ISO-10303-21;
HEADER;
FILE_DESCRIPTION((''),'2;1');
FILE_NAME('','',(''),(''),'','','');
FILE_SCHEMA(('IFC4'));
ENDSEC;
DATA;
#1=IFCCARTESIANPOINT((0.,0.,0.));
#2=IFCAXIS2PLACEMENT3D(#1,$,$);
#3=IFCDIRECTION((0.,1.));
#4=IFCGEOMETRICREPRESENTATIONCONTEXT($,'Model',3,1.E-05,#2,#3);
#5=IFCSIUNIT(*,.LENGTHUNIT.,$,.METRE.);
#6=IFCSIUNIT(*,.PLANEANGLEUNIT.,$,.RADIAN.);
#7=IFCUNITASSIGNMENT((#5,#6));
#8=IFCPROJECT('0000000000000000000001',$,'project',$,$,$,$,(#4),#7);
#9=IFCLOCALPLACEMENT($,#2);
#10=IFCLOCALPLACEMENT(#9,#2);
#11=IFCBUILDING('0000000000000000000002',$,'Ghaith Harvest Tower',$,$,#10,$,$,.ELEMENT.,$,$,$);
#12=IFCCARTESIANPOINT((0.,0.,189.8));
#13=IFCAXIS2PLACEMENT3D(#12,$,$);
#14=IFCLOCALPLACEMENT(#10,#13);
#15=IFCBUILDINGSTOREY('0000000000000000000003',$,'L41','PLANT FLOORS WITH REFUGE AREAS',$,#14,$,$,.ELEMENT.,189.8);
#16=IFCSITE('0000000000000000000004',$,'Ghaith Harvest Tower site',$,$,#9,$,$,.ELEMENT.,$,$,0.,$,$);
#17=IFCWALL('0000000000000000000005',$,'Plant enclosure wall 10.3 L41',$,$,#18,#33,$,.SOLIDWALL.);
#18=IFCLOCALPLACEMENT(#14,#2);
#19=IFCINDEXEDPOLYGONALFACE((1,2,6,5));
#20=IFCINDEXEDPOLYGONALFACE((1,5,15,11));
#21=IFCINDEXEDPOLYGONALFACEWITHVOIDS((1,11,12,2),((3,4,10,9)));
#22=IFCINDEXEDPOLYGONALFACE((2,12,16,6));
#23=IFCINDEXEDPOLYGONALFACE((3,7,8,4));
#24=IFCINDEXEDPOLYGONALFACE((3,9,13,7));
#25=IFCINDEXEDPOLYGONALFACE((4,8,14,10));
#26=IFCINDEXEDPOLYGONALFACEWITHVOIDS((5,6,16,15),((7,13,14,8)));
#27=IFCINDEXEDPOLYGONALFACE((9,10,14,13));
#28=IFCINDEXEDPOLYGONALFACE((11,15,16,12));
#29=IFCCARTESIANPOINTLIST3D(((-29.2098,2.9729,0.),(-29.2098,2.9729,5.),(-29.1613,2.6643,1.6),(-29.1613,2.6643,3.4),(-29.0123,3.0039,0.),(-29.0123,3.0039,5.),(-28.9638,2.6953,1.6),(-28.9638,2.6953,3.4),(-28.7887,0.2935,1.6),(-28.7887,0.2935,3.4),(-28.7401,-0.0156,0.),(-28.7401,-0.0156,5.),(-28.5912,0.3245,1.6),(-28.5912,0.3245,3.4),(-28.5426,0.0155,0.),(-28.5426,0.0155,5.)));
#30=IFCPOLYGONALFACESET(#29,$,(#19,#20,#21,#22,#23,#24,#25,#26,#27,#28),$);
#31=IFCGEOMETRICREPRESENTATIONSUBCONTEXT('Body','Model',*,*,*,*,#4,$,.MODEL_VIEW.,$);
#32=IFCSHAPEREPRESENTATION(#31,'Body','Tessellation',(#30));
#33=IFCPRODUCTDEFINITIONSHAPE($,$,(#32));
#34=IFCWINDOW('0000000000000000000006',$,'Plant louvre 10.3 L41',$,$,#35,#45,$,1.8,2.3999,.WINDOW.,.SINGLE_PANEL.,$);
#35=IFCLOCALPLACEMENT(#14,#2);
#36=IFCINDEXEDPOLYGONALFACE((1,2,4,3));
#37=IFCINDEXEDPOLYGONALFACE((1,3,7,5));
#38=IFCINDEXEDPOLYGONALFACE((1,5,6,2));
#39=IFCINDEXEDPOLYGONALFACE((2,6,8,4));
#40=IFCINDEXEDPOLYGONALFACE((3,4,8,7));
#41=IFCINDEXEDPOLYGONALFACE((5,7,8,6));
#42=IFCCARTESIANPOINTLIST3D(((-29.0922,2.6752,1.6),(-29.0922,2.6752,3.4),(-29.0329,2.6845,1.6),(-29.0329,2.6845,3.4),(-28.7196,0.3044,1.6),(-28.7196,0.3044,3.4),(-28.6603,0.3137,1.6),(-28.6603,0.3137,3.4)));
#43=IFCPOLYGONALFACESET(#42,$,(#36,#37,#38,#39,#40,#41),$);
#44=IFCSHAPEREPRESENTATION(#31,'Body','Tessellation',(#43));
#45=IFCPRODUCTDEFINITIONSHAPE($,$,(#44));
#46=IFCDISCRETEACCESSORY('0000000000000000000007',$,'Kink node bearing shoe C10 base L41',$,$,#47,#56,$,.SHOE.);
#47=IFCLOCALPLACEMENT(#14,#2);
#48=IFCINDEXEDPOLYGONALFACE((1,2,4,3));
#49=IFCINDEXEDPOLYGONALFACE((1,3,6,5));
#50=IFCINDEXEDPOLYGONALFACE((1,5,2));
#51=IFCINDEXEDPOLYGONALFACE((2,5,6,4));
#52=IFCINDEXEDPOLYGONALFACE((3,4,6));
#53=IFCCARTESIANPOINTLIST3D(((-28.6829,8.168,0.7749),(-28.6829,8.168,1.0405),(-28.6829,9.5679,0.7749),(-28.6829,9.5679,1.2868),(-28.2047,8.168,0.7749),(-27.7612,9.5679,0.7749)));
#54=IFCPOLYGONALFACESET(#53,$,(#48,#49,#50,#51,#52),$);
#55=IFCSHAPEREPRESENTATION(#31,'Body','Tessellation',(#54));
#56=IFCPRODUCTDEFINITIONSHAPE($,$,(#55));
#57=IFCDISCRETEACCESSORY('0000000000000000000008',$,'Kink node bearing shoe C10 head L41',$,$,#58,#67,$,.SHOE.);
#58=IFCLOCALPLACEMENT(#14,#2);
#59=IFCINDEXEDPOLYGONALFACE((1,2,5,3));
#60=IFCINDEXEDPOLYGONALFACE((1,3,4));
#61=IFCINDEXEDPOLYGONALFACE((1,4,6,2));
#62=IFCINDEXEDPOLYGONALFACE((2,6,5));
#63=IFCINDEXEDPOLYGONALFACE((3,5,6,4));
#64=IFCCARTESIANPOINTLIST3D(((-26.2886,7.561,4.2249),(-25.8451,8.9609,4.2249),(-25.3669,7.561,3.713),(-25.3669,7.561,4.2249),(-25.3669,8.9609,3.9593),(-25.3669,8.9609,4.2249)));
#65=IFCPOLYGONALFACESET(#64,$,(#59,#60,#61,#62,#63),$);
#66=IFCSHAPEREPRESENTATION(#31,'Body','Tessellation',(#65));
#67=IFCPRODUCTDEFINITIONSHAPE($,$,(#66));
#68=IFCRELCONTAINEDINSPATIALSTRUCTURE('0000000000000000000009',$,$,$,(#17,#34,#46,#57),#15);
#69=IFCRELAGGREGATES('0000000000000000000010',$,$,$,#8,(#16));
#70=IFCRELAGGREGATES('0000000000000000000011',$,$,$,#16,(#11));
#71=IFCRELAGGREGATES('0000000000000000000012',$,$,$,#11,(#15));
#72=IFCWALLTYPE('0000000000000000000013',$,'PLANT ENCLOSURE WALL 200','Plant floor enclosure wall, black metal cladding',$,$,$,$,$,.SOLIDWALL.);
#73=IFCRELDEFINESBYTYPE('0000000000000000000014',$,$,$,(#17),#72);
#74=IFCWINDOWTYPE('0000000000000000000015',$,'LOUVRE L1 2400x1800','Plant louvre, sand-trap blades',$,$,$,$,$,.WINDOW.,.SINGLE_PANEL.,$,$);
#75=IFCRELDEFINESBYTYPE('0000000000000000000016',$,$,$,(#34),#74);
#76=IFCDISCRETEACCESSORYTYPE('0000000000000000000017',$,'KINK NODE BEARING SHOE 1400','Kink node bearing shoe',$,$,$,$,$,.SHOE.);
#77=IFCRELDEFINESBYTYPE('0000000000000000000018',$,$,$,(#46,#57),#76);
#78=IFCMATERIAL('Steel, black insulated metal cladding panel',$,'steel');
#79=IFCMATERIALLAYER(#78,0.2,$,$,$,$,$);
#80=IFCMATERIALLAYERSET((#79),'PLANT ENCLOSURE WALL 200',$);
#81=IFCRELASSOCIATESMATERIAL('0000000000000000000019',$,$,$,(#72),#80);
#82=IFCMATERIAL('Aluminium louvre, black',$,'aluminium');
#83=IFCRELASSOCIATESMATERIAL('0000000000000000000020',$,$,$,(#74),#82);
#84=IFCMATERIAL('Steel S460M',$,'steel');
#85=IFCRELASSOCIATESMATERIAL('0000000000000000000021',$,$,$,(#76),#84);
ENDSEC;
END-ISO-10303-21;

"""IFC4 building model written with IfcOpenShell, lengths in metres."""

from ifc_helpers import new_model, si_unit, direction, frame, frame_2d, origin, origin_2d, place, context, subcontext, project, spatial, rectangle, extrude, clip, halfspace, material, layer, layer_set, material_profile, profile_set, type_object, element, fill, save


model = new_model("IFC4")

# Units and contexts
model_context = context("Model", 3, precision=1e-05, world=origin(), true_north=direction((0.0, 1.0)))
body_context = subcontext(model_context, "Body", "Model", "MODEL_VIEW")
ifc_project = project(units=[si_unit("LENGTHUNIT", "METRE"), si_unit("PLANEANGLEUNIT", "RADIAN")], contexts=[model_context])

# Site, building, storey
site_placement = place(None, origin())
site = spatial("IfcSite", under=ifc_project, at=site_placement, Name="Ghaith Harvest Tower site", CompositionType="ELEMENT", RefElevation=0.0)
building_placement = place(site_placement, origin())
building = spatial("IfcBuilding", under=site, at=building_placement, Name="Ghaith Harvest Tower", CompositionType="ELEMENT")
storey_placement = place(building_placement, frame((0.0, 0.0, 189.8)))
storey = spatial("IfcBuildingStorey", under=building, at=storey_placement, Name="L41", Description="PLANT FLOORS WITH REFUGE AREAS", CompositionType="ELEMENT", Elevation=189.8)

# Wall, opening, window
ifc_material_1 = material(Name="Steel, black insulated metal cladding panel", Category="steel")
ifc_layer_1 = layer(ifc_material_1, 0.2)
ifc_layer_set_1 = layer_set([ifc_layer_1], Name="PLANT ENCLOSURE WALL 200")
wall_type_1 = type_object("IfcWallType", Name="PLANT ENCLOSURE WALL 200", Description="Plant floor enclosure wall, black metal cladding", PredefinedType="SOLIDWALL", material=ifc_layer_set_1)
ifc_material_2 = material(Name="Aluminium louvre, black", Category="aluminium")
window_type = type_object("IfcWindowType", Name="LOUVRE L1 2400x1800", Description="Plant louvre, sand-trap blades", PartitioningType="SINGLE_PANEL", PredefinedType="WINDOW", material=ifc_material_2)
wall_1_placement = place(storey_placement, frame((-29.1111, 2.9885, 0.0), z_axis=(0.0, 0.0, 1.0), x_axis=(0.15527, -0.987872, 0.0)))
wall_1 = element("IfcWall", 1, at=wall_1_placement, inside=storey, type_object=wall_type_1, Name="Plant enclosure wall 10.3 L41", PredefinedType="SOLIDWALL", context=body_context, shape_type="SweptSolid", body=[
    extrude(rectangle(XDim=3.0251, YDim=0.2, at=frame_2d((1.5127, 0.0))), origin(), (0.0, 0.0, 1.0), 5.0),
])
opening_1_placement = place(wall_1_placement, frame((0.3125, 0.0, 1.6001)))
opening_1 = element("IfcOpeningElement", 2, at=opening_1_placement, cuts=wall_1, PredefinedType="OPENING", context=body_context, shape_type="SweptSolid", body=[
    extrude(rectangle(XDim=2.3999, YDim=1.8, at=frame_2d((1.2, 0.8999))), frame((0.0, 0.1099, 0.0), z_axis=(0.0, -1.0, 0.0), x_axis=(1.0, 0.0, 0.0)), (0.0, 0.0, 1.0), 0.22),
])
window_1_placement = place(opening_1_placement, origin())
window_1 = element("IfcWindow", 3, at=window_1_placement, inside=storey, type_object=window_type, Name="Plant louvre 10.3 L41", OverallHeight=1.8, OverallWidth=2.3999, PartitioningType="SINGLE_PANEL", PredefinedType="WINDOW", context=body_context, shape_type="SweptSolid", body=[
    extrude(rectangle(XDim=2.3999, YDim=1.8, at=frame_2d((1.2, 0.8999))), frame((0.0, 0.03, 0.0), z_axis=(0.0, -1.0, 0.0), x_axis=(1.0, 0.0, 0.0)), (0.0, 0.0, 1.0), 0.0601),
])
fill(opening_1, window_1)

# Discrete accessories
ifc_material_3 = material(Name="Steel S460M", Category="steel")
ifc_material_profile_1 = material_profile(ifc_material_3, rectangle(XDim=1.3999, YDim=1.3999, at=origin_2d()), Name="KINK NODE BEARING SHOE 1400")
ifc_profile_set_1 = profile_set([ifc_material_profile_1], Name="Steel S460M")
discrete_accessory_type = type_object("IfcDiscreteAccessoryType", Name="KINK NODE BEARING SHOE 1400", Description="Kink node bearing shoe", PredefinedType="SHOE", material=ifc_profile_set_1)
discrete_accessory_1_placement = place(storey_placement, frame((-27.9829, 8.8679, 0.7749), z_axis=(0.0, 0.0, 1.0), x_axis=(1.0, 0.0, 0.0)))
element("IfcDiscreteAccessory", 4, at=discrete_accessory_1_placement, inside=storey, type_object=discrete_accessory_type, Name="Kink node bearing shoe C10 base L41", PredefinedType="SHOE", context=body_context, shape_type="Clipping", body=[
    clip(extrude(rectangle(XDim=1.3999, YDim=1.3999, at=origin_2d()), origin(), (0.0, 0.0, 1.0), 0.522), halfspace(frame((0.0, 0.0, 0.0), z_axis=(0.47987, -0.152026, 0.864067), x_axis=(1.0, 0.0, 0.0)), False)),
])
discrete_accessory_2_placement = place(storey_placement, frame((-26.0669, 8.261, 3.7031), z_axis=(0.0, 0.0, 1.0), x_axis=(1.0, 0.0, 0.0)))
element("IfcDiscreteAccessory", 5, at=discrete_accessory_2_placement, inside=storey, type_object=discrete_accessory_type, Name="Kink node bearing shoe C10 head L41", PredefinedType="SHOE", context=body_context, shape_type="Clipping", body=[
    clip(extrude(rectangle(XDim=1.3999, YDim=1.3999, at=origin_2d()), origin(), (0.0, 0.0, 1.0), 0.5217), halfspace(frame((0.0, 0.0, 0.5217), z_axis=(-0.47987, 0.152026, -0.864067), x_axis=(1.0, 0.0, 0.0)), False)),
])

save(model, "model.ifc")
